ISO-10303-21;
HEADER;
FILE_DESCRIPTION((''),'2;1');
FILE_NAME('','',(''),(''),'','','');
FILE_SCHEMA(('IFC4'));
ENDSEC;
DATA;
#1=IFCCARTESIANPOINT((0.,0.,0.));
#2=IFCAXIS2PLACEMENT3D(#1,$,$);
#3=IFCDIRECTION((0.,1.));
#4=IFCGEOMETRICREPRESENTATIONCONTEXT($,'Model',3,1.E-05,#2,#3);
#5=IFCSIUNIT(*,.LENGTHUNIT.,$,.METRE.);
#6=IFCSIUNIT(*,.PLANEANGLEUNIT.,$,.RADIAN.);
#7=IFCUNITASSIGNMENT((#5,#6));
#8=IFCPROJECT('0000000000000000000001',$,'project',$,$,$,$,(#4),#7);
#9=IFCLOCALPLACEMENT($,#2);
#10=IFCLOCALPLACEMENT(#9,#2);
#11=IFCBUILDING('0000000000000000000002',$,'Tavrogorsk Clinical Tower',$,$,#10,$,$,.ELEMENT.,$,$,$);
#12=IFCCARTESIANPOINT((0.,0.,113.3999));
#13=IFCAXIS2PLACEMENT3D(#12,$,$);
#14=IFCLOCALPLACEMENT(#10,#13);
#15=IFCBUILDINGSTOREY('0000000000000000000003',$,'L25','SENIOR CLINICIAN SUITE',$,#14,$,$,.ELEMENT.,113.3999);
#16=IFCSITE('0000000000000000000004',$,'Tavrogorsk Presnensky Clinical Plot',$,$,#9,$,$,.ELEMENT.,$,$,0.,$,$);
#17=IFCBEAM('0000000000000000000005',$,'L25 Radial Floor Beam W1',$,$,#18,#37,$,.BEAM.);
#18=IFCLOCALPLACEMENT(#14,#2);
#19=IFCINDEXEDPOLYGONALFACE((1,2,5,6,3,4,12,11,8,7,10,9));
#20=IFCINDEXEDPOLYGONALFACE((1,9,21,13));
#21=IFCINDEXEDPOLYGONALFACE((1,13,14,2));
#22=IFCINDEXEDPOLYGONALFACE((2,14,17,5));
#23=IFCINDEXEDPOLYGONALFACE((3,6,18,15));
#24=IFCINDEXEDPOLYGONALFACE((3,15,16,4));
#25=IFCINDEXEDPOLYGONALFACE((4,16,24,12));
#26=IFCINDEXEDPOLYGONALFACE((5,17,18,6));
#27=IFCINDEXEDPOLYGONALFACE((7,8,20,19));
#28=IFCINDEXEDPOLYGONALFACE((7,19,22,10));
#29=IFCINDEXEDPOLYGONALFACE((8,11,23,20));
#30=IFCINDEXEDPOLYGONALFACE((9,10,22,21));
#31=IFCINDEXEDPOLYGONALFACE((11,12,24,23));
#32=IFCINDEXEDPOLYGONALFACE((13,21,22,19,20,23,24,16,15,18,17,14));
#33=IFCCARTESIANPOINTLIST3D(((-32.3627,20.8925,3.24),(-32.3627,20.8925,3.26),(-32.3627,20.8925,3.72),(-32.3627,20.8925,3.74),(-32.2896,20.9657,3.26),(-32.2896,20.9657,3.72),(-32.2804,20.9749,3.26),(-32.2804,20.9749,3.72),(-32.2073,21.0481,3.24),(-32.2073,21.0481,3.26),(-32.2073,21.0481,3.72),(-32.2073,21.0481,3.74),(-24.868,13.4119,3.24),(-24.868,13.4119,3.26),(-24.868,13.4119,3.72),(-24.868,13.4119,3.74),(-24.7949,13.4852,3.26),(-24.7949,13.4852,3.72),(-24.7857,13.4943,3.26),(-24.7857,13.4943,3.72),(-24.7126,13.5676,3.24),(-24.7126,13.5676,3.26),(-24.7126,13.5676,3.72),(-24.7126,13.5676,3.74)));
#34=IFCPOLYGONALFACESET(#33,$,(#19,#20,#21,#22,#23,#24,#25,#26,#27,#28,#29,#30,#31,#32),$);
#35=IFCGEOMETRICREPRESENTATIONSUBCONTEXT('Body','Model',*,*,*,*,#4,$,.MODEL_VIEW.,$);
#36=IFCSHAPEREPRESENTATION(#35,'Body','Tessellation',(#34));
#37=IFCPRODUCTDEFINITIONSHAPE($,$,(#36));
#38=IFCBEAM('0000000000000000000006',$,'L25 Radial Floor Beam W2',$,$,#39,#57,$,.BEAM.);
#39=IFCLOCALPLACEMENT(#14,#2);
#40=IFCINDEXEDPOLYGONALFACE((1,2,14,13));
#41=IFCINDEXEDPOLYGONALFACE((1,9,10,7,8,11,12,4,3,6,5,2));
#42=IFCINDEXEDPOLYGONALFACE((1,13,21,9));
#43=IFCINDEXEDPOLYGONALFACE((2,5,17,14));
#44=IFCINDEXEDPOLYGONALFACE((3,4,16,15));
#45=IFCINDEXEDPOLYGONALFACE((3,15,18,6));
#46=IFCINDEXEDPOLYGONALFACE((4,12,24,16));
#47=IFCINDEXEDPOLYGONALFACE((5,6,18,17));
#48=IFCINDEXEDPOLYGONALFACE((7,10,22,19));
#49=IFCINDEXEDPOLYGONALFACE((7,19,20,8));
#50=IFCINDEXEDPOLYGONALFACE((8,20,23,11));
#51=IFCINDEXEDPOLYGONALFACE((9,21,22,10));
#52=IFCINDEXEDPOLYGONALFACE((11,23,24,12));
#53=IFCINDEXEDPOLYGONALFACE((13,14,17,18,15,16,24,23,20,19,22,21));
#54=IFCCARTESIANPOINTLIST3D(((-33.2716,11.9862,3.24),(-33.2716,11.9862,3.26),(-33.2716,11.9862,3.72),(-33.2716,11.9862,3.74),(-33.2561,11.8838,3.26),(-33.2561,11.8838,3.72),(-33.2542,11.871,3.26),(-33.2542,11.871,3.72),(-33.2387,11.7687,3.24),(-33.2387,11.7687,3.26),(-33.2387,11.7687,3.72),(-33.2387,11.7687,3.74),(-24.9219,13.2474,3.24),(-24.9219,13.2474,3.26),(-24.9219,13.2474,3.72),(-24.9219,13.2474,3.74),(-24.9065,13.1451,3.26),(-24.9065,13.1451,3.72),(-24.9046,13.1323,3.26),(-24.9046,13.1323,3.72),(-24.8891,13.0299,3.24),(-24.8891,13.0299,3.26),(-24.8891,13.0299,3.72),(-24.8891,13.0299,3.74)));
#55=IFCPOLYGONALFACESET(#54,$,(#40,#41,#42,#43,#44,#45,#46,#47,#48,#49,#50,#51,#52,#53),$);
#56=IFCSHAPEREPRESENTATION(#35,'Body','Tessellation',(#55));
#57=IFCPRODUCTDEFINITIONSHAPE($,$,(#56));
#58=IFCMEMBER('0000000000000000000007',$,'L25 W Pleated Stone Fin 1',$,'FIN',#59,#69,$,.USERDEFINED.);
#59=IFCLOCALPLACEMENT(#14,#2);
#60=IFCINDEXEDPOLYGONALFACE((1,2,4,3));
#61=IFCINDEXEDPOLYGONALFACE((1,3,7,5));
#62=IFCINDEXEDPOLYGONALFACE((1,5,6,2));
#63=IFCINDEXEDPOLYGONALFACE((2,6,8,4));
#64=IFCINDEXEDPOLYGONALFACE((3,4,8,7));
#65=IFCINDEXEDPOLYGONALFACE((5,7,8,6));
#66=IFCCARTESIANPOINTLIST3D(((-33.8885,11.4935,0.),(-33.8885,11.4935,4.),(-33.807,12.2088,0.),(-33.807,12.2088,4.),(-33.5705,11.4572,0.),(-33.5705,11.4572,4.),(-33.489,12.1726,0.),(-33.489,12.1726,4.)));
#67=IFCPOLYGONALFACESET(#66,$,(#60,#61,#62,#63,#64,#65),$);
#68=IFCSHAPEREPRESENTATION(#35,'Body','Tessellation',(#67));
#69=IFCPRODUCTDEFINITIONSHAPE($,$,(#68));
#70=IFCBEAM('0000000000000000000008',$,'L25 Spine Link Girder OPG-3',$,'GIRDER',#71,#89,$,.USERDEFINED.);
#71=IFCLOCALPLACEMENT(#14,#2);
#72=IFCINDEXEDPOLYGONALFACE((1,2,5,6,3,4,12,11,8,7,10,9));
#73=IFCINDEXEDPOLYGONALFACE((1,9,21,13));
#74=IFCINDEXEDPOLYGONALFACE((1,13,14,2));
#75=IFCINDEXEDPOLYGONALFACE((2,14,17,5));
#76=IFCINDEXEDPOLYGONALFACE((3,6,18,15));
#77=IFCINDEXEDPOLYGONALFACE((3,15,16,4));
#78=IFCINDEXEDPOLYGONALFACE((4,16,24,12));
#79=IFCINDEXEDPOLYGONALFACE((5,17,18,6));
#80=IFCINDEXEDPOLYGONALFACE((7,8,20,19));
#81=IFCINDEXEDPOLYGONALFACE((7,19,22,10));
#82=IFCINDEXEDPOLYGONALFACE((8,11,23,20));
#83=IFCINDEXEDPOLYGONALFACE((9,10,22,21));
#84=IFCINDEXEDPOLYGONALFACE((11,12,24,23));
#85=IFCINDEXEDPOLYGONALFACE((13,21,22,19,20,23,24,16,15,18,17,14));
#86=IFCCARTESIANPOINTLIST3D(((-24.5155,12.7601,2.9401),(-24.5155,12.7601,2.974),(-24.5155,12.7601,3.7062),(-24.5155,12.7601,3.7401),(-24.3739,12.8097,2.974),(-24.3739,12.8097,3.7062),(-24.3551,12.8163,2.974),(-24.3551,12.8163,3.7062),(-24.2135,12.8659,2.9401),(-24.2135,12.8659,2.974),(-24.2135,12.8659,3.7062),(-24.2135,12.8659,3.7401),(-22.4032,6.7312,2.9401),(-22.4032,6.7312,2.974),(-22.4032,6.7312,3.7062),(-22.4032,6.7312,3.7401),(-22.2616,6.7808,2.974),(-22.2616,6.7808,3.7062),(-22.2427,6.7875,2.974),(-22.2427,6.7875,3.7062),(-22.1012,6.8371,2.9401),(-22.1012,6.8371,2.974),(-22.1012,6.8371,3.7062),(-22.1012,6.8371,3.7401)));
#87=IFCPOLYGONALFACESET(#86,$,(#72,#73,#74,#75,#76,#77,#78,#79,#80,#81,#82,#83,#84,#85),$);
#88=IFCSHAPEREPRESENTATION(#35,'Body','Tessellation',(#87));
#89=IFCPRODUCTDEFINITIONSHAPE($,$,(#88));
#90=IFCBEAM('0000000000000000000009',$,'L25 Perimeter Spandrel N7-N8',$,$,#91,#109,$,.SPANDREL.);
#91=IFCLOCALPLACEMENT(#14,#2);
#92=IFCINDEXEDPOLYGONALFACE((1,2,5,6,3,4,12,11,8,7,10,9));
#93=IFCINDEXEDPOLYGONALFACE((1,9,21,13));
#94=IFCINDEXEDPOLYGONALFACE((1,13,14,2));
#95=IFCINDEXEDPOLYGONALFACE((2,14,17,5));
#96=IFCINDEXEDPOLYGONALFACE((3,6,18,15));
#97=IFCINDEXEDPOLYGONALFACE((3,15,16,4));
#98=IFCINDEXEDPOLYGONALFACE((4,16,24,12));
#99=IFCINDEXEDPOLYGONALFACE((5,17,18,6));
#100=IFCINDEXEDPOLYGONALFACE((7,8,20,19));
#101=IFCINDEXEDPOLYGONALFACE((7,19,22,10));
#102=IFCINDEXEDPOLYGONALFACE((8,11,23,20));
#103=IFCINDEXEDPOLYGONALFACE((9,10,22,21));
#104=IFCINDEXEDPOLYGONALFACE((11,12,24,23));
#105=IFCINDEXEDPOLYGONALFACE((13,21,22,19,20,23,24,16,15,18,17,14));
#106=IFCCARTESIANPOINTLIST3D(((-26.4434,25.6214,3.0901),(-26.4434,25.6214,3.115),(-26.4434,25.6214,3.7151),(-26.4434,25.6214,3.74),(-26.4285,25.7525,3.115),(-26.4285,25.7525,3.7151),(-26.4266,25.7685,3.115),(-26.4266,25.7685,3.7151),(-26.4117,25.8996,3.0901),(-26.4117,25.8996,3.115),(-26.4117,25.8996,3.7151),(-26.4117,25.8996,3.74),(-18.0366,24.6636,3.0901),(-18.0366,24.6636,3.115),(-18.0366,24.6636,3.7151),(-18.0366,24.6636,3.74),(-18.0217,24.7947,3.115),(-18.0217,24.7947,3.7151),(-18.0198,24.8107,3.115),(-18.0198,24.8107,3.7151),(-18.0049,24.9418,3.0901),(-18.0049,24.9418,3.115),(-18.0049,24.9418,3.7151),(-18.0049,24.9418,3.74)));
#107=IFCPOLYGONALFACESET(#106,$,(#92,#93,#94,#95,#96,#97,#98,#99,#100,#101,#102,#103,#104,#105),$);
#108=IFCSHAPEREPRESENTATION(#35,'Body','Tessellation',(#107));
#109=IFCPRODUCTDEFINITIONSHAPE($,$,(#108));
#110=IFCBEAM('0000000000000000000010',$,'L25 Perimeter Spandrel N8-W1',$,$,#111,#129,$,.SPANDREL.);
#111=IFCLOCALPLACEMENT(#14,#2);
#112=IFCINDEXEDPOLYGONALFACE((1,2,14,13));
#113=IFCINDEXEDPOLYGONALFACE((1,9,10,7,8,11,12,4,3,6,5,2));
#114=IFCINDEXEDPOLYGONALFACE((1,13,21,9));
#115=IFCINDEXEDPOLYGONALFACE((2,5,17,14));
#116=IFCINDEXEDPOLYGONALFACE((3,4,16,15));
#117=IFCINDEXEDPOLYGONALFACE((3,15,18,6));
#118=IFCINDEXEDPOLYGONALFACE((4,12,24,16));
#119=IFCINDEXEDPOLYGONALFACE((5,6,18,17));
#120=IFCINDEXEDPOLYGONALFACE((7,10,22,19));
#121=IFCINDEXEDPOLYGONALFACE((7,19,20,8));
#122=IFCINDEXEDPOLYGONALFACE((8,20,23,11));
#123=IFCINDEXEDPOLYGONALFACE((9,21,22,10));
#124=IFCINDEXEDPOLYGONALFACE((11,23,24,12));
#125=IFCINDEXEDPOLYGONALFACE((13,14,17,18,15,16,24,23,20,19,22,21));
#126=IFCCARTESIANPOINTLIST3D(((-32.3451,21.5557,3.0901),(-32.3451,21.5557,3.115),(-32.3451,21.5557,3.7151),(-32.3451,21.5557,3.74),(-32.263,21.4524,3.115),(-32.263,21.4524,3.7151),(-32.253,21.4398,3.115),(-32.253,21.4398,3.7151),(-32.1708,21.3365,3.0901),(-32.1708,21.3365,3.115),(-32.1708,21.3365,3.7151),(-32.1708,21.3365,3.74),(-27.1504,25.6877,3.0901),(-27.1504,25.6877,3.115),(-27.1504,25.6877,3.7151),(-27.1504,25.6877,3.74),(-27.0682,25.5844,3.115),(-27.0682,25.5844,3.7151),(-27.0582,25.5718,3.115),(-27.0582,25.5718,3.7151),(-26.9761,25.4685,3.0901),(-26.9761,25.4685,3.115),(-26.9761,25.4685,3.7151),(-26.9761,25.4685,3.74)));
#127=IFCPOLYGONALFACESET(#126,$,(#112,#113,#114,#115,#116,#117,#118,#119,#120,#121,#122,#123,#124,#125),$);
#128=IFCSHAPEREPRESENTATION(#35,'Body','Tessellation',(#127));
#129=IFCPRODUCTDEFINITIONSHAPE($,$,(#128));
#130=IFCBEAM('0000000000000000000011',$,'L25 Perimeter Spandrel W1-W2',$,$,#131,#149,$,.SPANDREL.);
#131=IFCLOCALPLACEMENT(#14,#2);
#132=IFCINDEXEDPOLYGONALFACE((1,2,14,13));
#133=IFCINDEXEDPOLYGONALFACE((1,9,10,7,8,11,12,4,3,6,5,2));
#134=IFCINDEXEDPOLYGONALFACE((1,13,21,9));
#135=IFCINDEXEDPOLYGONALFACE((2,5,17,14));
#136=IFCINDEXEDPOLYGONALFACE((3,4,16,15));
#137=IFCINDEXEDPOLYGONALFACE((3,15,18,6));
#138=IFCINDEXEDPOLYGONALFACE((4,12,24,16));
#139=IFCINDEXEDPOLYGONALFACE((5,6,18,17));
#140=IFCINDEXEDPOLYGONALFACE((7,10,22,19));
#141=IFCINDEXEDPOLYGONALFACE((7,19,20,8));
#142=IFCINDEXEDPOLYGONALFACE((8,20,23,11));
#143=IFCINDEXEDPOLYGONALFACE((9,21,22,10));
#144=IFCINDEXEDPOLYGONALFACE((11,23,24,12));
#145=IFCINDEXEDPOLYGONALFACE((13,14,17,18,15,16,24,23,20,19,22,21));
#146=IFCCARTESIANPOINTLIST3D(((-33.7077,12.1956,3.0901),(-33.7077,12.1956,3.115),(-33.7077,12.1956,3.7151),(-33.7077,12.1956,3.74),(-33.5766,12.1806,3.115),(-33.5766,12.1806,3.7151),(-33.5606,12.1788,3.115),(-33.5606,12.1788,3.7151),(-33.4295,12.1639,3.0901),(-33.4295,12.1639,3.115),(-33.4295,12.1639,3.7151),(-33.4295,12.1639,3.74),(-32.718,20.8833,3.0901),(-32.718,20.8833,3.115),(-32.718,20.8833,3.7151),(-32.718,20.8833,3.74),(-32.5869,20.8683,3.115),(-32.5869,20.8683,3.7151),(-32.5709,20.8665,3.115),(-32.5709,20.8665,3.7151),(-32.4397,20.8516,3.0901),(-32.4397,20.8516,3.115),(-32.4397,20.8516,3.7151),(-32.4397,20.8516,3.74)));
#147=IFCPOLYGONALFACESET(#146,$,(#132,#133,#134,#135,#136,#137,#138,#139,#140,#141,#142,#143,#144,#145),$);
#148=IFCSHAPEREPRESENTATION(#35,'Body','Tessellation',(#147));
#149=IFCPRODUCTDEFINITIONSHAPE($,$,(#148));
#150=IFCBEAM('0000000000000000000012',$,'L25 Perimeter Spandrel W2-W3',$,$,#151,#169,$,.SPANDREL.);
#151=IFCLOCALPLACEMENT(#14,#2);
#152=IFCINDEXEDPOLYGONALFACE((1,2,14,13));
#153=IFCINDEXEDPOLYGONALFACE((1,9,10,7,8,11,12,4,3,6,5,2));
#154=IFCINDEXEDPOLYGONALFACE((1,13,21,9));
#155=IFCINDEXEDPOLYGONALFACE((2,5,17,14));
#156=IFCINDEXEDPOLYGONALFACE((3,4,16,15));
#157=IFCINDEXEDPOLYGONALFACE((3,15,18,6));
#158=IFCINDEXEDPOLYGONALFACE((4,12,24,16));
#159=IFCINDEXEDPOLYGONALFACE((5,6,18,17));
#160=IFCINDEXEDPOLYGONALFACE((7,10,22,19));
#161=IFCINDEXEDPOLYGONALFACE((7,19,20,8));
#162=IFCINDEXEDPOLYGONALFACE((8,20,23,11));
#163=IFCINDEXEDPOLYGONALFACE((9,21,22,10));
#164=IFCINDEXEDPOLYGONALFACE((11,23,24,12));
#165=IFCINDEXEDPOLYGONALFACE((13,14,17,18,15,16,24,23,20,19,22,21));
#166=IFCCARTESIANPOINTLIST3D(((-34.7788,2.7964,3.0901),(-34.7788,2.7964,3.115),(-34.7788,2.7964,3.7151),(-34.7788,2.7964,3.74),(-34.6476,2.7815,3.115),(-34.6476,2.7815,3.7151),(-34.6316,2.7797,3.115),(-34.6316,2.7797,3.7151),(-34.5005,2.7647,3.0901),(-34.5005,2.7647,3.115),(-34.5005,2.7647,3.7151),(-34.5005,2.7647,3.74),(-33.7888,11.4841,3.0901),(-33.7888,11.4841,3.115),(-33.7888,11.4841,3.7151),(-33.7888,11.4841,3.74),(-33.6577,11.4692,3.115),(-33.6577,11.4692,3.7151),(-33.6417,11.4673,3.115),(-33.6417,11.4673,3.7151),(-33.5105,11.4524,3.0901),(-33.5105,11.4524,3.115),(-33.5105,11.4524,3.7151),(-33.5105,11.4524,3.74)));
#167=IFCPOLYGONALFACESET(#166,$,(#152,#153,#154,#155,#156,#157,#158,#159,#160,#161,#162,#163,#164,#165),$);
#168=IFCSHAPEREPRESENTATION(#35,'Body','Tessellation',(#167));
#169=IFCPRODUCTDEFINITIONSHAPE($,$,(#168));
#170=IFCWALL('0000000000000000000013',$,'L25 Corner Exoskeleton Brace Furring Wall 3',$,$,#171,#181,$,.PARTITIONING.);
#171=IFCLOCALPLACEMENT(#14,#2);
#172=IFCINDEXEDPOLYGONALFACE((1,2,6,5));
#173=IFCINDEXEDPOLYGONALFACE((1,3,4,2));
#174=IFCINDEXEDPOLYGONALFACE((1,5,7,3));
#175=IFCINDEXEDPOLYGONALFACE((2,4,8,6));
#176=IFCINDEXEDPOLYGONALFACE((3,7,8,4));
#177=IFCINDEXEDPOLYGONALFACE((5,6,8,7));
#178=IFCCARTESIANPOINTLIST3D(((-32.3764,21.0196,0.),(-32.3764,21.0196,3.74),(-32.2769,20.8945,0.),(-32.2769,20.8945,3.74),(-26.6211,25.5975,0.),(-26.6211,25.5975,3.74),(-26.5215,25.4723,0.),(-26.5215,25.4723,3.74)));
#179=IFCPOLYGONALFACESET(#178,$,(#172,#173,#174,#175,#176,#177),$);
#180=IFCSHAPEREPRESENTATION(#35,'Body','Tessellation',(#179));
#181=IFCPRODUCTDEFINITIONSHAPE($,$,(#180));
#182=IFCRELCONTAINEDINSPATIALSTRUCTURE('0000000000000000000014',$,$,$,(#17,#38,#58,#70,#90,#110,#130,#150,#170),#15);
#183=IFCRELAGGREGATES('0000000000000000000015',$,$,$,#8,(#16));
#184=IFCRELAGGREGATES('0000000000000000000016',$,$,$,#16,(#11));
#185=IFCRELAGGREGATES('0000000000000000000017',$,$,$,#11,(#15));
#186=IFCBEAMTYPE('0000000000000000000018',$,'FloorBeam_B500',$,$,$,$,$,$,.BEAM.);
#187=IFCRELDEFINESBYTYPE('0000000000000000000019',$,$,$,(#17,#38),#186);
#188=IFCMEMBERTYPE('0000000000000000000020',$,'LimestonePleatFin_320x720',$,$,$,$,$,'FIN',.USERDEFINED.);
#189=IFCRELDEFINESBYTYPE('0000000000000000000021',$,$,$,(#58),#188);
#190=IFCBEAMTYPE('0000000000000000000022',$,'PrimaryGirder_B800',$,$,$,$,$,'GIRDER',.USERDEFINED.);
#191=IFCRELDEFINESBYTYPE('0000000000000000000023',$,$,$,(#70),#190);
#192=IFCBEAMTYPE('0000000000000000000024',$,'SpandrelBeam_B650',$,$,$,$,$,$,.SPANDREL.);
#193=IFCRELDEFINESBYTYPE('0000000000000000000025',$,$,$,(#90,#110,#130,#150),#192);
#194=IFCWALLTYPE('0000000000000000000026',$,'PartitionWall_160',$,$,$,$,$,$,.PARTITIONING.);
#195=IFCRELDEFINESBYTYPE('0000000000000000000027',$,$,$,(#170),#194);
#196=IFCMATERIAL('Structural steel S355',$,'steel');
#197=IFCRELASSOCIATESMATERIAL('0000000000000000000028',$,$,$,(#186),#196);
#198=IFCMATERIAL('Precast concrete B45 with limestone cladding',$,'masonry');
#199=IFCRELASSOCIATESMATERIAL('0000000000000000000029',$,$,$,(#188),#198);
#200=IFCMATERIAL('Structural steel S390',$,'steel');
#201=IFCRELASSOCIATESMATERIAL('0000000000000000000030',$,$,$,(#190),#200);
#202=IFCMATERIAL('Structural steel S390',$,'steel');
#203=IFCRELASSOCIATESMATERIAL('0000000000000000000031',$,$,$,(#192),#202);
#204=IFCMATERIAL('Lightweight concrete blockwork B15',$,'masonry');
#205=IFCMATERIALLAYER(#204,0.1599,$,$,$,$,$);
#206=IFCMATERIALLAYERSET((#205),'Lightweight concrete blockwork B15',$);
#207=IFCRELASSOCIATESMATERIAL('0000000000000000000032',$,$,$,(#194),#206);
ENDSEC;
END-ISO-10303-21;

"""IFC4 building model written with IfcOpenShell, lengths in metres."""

from ifc_helpers import new_model, si_unit, direction, frame, frame_2d, origin, origin_2d, place, context, subcontext, project, spatial, rectangle, i_section, extrude, material, layer, layer_set, material_profile, profile_set, type_object, element, save


model = new_model("IFC4")

# Units and contexts
model_context = context("Model", 3, precision=1e-05, world=origin(), true_north=direction((0.0, 1.0)))
body_context = subcontext(model_context, "Body", "Model", "MODEL_VIEW")
ifc_project = project(units=[si_unit("LENGTHUNIT", "METRE"), si_unit("PLANEANGLEUNIT", "RADIAN")], contexts=[model_context])

# Site, building, storey
site_placement = place(None, origin())
site = spatial("IfcSite", under=ifc_project, at=site_placement, Name="Tavrogorsk Presnensky Clinical Plot", CompositionType="ELEMENT", RefElevation=0.0)
building_placement = place(site_placement, origin())
building = spatial("IfcBuilding", under=site, at=building_placement, Name="Tavrogorsk Clinical Tower", CompositionType="ELEMENT")
storey_placement = place(building_placement, frame((0.0, 0.0, 113.3999)))
storey = spatial("IfcBuildingStorey", under=building, at=storey_placement, Name="L25", Description="SENIOR CLINICIAN SUITE", CompositionType="ELEMENT", Elevation=113.3999)

# Beams
ifc_material_1 = material(Name="Structural steel S355", Category="steel")
ifc_material_profile_1 = material_profile(ifc_material_1, i_section(OverallWidth=0.22, OverallDepth=0.5, WebThickness=0.0129, FlangeThickness=0.02, at=origin_2d()), Name="B-500x220x13x20")
ifc_profile_set_1 = profile_set([ifc_material_profile_1], Name="Structural steel S355")
beam_type_1 = type_object("IfcBeamType", Name="FloorBeam_B500", PredefinedType="BEAM", material=ifc_profile_set_1)
beam_1_placement = place(storey_placement, frame((-24.7903, 13.4897, 3.49), z_axis=(-0.707775, 0.706438, 0.0), x_axis=(-0.706438, -0.707775, 0.0)))
element("IfcBeam", 1, at=beam_1_placement, inside=storey, type_object=beam_type_1, Name="L25 Radial Floor Beam W1", PredefinedType="BEAM", context=body_context, shape_type="SweptSolid", body=[
    extrude(i_section(OverallWidth=0.22, OverallDepth=0.5, WebThickness=0.0129, FlangeThickness=0.02, at=origin_2d()), origin(), (0.0, 0.0, 1.0), 10.5891),
])
beam_2_placement = place(storey_placement, frame((-24.9055, 13.1387, 3.49), z_axis=(-0.988783, -0.149358, 0.0), x_axis=(0.149358, -0.988783, 0.0)))
element("IfcBeam", 2, at=beam_2_placement, inside=storey, type_object=beam_type_1, Name="L25 Radial Floor Beam W2", PredefinedType="BEAM", context=body_context, shape_type="SweptSolid", body=[
    extrude(i_section(OverallWidth=0.22, OverallDepth=0.5, WebThickness=0.0129, FlangeThickness=0.02, at=origin_2d()), origin(), (0.0, 0.0, 1.0), 8.4443),
])

# Member
ifc_material_2 = material(Name="Precast concrete B45 with limestone cladding", Category="masonry")
ifc_material_profile_2 = material_profile(ifc_material_2, rectangle(XDim=0.3201, YDim=0.72, at=origin_2d()), Name="LIMESTONE-FIN-320x720")
ifc_profile_set_2 = profile_set([ifc_material_profile_2], Name="Precast concrete B45 with limestone cladding")
member_type_1 = type_object("IfcMemberType", Name="LimestonePleatFin_320x720", ElementType="FIN", PredefinedType="USERDEFINED", material=ifc_profile_set_2)
member_1_placement = place(storey_placement, frame((-33.6887, 11.833, 0.0), z_axis=(0.0, 0.0, 1.0), x_axis=(0.993572, -0.113203, 0.0)))
element("IfcMember", 3, at=member_1_placement, inside=storey, type_object=member_type_1, Name="L25 W Pleated Stone Fin 1", ObjectType="FIN", PredefinedType="USERDEFINED", context=body_context, shape_type="SweptSolid", body=[
    extrude(rectangle(XDim=0.3201, YDim=0.72, at=origin_2d()), origin(), (0.0, 0.0, 1.0), 4.0),
])

# Beams
ifc_material_3 = material(Name="Structural steel S390", Category="steel")
ifc_material_profile_3 = material_profile(ifc_material_3, i_section(OverallWidth=0.3201, OverallDepth=0.8, WebThickness=0.02, FlangeThickness=0.0339, at=origin_2d()), Name="B-800x320x20x34")
ifc_profile_set_3 = profile_set([ifc_material_profile_3], Name="Structural steel S390")
beam_type_2 = type_object("IfcBeamType", Name="PrimaryGirder_B800", ElementType="GIRDER", PredefinedType="USERDEFINED", material=ifc_profile_set_3)
beam_3_placement = place(storey_placement, frame((-24.3645, 12.813, 3.3401), z_axis=(0.33066, -0.94375, 0.0), x_axis=(0.94375, 0.33066, 0.0)))
element("IfcBeam", 4, at=beam_3_placement, inside=storey, type_object=beam_type_2, Name="L25 Spine Link Girder OPG-3", ObjectType="GIRDER", PredefinedType="USERDEFINED", context=body_context, shape_type="SweptSolid", body=[
    extrude(i_section(OverallWidth=0.3201, OverallDepth=0.8, WebThickness=0.02, FlangeThickness=0.0339, at=origin_2d()), origin(), (0.0, 0.0, 1.0), 6.3882),
])
ifc_material_4 = material(Name="Structural steel S390", Category="steel")
ifc_material_profile_4 = material_profile(ifc_material_4, i_section(OverallWidth=0.28, OverallDepth=0.6499, WebThickness=0.0161, FlangeThickness=0.0249, at=origin_2d()), Name="B-650x280x16x25")
ifc_profile_set_4 = profile_set([ifc_material_profile_4], Name="Structural steel S390")
beam_type_3 = type_object("IfcBeamType", Name="SpandrelBeam_B650", PredefinedType="SPANDREL", material=ifc_profile_set_4)
beam_4_placement = place(storey_placement, frame((-18.0208, 24.8027, 3.415), z_axis=(-0.993573, 0.113196, 0.0), x_axis=(-0.113196, -0.993573, 0.0)))
element("IfcBeam", 5, at=beam_4_placement, inside=storey, type_object=beam_type_3, Name="L25 Perimeter Spandrel N7-N8", PredefinedType="SPANDREL", context=body_context, shape_type="SweptSolid", body=[
    extrude(i_section(OverallWidth=0.28, OverallDepth=0.6499, WebThickness=0.0161, FlangeThickness=0.0249, at=origin_2d()), origin(), (0.0, 0.0, 1.0), 8.4612),
])
beam_5_placement = place(storey_placement, frame((-27.0632, 25.5781, 3.415), z_axis=(-0.782613, -0.622508, 0.0), x_axis=(0.622508, -0.782613, 0.0)))
element("IfcBeam", 6, at=beam_5_placement, inside=storey, type_object=beam_type_3, Name="L25 Perimeter Spandrel N8-W1", PredefinedType="SPANDREL", context=body_context, shape_type="SweptSolid", body=[
    extrude(i_section(OverallWidth=0.28, OverallDepth=0.6499, WebThickness=0.0161, FlangeThickness=0.0249, at=origin_2d()), origin(), (0.0, 0.0, 1.0), 6.6377),
])
for number, where, z_axis, x_axis, name in (
    (7, (-32.5789, 20.8674, 3.415), (-0.113192, -0.993573, 0.0), (0.993573, -0.113192, 0.0), "L25 Perimeter Spandrel W1-W2"),
    (8, (-33.6497, 11.4683, 3.415), (-0.11322, -0.99357, 0.0), (0.99357, -0.11322, 0.0), "L25 Perimeter Spandrel W2-W3"),
):
    element("IfcBeam", number, at=place(storey_placement, frame(where, z_axis=z_axis, x_axis=x_axis)), inside=storey, type_object=beam_type_3, Name=name, PredefinedType="SPANDREL", context=body_context, shape_type="SweptSolid", body=[
        extrude(i_section(OverallWidth=0.28, OverallDepth=0.6499, WebThickness=0.0161, FlangeThickness=0.0249, at=origin_2d()), origin(), (0.0, 0.0, 1.0), 8.7439),
    ])

# Wall
ifc_material_5 = material(Name="Lightweight concrete blockwork B15", Category="masonry")
ifc_layer_1 = layer(ifc_material_5, 0.1599)
ifc_layer_set_1 = layer_set([ifc_layer_1], Name="Lightweight concrete blockwork B15")
wall_type_1 = type_object("IfcWallType", Name="PartitionWall_160", PredefinedType="PARTITIONING", material=ifc_layer_set_1)
wall_1_placement = place(storey_placement, frame((-26.5713, 25.5349, 0.0), z_axis=(0.0, 0.0, 1.0), x_axis=(-0.782618, -0.622502, 0.0)))
element("IfcWall", 9, at=wall_1_placement, inside=storey, type_object=wall_type_1, Name="L25 Corner Exoskeleton Brace Furring Wall 3", PredefinedType="PARTITIONING", context=body_context, shape_type="SweptSolid", body=[
    extrude(rectangle(XDim=7.354, YDim=0.1599, at=frame_2d((3.677, 0.0))), origin(), (0.0, 0.0, 1.0), 3.74),
])

save(model, "model.ifc")
